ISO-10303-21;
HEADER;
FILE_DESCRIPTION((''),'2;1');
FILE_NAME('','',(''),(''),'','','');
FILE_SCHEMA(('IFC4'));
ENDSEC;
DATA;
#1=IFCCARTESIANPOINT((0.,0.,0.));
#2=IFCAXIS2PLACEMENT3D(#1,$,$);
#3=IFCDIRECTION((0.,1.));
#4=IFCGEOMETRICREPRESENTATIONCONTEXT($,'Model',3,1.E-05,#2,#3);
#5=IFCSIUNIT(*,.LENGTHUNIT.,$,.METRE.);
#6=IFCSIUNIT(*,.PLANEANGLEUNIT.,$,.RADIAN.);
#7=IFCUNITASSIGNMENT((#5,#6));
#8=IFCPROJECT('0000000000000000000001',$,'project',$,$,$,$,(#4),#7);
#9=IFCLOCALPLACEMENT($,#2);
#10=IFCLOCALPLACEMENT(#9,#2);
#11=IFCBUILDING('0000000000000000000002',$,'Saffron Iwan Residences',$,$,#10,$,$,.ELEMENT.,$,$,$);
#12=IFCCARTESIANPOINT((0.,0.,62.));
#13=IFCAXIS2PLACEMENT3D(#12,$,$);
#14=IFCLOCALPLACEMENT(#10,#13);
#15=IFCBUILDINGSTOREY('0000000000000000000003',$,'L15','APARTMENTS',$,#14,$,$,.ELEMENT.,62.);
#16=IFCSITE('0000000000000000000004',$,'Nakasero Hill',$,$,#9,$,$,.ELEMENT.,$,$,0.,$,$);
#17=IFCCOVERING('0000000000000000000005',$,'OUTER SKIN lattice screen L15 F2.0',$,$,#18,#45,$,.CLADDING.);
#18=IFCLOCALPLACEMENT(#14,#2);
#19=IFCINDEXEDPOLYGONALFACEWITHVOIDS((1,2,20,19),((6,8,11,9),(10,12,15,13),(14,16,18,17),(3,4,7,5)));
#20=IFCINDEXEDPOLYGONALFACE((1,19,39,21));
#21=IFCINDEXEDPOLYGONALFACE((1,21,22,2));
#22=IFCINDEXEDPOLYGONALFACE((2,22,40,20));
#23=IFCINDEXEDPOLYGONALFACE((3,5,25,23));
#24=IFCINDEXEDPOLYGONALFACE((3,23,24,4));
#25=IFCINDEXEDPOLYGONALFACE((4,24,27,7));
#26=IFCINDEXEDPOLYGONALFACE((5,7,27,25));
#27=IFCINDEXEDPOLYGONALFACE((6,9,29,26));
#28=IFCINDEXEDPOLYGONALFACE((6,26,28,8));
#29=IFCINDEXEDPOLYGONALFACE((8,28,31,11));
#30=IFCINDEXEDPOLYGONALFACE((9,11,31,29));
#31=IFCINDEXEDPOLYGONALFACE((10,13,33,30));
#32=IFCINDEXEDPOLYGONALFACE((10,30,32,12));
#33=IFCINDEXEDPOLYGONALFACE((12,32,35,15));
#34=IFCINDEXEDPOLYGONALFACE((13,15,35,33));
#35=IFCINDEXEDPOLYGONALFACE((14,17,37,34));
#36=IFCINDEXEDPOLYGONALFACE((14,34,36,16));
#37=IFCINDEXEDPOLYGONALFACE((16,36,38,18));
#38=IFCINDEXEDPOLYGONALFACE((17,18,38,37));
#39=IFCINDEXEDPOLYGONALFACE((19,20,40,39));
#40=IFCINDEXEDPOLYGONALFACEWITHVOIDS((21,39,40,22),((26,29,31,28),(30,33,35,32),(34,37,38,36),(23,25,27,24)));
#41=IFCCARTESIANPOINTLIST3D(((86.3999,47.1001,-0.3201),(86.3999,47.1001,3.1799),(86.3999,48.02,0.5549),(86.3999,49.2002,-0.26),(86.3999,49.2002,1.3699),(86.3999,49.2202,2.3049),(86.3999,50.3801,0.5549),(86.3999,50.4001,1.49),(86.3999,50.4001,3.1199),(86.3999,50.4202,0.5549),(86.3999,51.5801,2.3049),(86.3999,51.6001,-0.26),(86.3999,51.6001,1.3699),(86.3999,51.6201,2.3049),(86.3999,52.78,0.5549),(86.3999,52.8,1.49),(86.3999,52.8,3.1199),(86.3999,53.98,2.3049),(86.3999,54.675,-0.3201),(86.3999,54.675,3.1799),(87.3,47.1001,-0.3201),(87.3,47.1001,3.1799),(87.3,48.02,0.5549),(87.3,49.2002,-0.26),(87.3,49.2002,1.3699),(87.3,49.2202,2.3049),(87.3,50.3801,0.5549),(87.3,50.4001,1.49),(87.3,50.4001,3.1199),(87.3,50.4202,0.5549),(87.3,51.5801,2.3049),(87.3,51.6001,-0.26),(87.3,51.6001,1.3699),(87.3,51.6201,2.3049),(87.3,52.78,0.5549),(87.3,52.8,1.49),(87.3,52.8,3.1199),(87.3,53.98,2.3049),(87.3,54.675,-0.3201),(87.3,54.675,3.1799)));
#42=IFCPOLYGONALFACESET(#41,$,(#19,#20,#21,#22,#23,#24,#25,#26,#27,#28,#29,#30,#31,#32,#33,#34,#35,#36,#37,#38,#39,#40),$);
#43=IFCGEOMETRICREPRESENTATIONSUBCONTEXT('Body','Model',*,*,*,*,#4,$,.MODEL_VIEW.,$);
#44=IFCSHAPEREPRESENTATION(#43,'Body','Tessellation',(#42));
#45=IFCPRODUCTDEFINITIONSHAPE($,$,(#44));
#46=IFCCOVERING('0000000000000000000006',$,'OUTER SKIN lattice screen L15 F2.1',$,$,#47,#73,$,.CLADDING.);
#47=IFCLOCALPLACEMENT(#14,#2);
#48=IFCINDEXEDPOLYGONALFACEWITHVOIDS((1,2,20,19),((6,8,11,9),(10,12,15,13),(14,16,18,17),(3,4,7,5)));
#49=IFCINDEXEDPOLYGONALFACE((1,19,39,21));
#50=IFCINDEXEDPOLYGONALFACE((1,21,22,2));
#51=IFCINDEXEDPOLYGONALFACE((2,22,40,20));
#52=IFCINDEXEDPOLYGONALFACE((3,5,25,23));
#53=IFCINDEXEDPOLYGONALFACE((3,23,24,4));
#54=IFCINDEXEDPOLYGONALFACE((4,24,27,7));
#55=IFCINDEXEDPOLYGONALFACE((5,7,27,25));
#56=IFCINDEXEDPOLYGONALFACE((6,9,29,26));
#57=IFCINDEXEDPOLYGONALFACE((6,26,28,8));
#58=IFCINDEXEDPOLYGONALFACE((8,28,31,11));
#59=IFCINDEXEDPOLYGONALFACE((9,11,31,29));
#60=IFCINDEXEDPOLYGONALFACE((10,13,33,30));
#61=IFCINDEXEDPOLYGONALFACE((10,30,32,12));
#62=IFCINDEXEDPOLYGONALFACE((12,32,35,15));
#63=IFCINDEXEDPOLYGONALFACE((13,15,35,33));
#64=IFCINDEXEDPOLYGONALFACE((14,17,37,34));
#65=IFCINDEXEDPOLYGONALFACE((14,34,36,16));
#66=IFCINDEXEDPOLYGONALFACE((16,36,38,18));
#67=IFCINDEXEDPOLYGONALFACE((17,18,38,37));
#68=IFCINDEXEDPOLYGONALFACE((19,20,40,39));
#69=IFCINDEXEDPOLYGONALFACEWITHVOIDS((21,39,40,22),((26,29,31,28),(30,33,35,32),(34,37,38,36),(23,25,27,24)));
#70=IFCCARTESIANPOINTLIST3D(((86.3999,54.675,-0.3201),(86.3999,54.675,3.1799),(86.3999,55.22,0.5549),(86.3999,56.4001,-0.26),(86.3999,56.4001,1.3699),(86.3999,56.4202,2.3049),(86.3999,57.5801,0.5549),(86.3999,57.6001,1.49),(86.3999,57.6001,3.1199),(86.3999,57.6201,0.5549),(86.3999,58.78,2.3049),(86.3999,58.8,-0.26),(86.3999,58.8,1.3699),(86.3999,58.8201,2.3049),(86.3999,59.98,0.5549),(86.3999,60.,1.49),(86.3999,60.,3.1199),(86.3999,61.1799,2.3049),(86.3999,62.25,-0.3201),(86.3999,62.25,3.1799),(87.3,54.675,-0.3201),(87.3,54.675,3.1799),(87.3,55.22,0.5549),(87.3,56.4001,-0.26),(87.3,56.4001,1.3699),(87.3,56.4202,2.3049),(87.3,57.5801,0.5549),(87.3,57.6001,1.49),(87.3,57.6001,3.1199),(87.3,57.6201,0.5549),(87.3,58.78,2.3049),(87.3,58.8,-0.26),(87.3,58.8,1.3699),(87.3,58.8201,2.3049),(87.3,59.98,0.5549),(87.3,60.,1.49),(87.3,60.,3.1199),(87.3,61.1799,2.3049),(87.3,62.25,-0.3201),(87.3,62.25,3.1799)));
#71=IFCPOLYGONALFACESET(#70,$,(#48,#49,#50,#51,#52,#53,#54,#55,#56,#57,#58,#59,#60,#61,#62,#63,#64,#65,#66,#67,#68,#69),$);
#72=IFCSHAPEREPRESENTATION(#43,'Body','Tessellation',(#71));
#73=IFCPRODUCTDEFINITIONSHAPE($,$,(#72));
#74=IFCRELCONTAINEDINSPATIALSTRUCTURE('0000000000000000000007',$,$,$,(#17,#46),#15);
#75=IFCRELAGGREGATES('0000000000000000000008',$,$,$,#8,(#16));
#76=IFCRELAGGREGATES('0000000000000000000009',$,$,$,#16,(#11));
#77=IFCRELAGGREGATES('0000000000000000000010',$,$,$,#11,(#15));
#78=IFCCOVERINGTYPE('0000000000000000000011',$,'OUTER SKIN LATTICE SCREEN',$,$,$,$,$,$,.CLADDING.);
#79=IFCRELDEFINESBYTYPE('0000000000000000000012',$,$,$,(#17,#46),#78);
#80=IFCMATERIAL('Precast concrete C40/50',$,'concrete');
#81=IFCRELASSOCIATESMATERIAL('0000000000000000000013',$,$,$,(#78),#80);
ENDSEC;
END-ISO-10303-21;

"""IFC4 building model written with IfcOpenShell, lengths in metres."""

from ifc_helpers import new_model, si_unit, direction, frame, origin, place, context, subcontext, project, spatial, polyline, outline, extrude, material, type_object, element, save


model = new_model("IFC4")

# Units and contexts
model_context = context("Model", 3, precision=1e-05, world=origin(), true_north=direction((0.0, 1.0)))
body_context = subcontext(model_context, "Body", "Model", "MODEL_VIEW")
ifc_project = project(units=[si_unit("LENGTHUNIT", "METRE"), si_unit("PLANEANGLEUNIT", "RADIAN")], contexts=[model_context])

# Site, building, storey
site_placement = place(None, origin())
site = spatial("IfcSite", under=ifc_project, at=site_placement, Name="Nakasero Hill", CompositionType="ELEMENT", RefElevation=0.0)
building_placement = place(site_placement, origin())
building = spatial("IfcBuilding", under=site, at=building_placement, Name="Saffron Iwan Residences", CompositionType="ELEMENT")
storey_placement = place(building_placement, frame((0.0, 0.0, 62.0)))
storey = spatial("IfcBuildingStorey", under=building, at=storey_placement, Name="L15", Description="APARTMENTS", CompositionType="ELEMENT", Elevation=62.0)

# Coverings
ifc_material_1 = material(Name="Precast concrete C40/50", Category="concrete")
covering_type = type_object("IfcCoveringType", Name="OUTER SKIN LATTICE SCREEN", PredefinedType="CLADDING", material=ifc_material_1)
covering_1_placement = place(storey_placement, frame((86.3999, 47.1001, -0.3201), z_axis=(1.0, 0.0, 0.0), x_axis=(0.0, 1.0, 0.0)))
element("IfcCovering", 1, at=covering_1_placement, inside=storey, type_object=covering_type, Name="OUTER SKIN lattice screen L15 F2.0", PredefinedType="CLADDING", context=body_context, shape_type="SweptSolid", body=[
    extrude(outline(polyline([(0.0, 0.0), (7.575, 0.0), (7.575, 3.5), (0.0, 3.5), (0.0, 0.0)]), holes=[polyline([(0.9199, 0.875), (2.1001, 0.0601), (3.28, 0.875), (2.1001, 1.6899), (0.9199, 0.875)]), polyline([(3.3201, 0.875), (4.5, 0.0601), (5.6799, 0.875), (4.5, 1.6899), (3.3201, 0.875)]), polyline([(2.1201, 2.625), (3.3, 1.8101), (4.48, 2.625), (3.3, 3.4399), (2.1201, 2.625)]), polyline([(4.52, 2.625), (5.7, 1.8101), (6.8799, 2.625), (5.7, 3.4399), (4.52, 2.625)])]), origin(), (0.0, 0.0, 1.0), 0.9001),
])
covering_2_placement = place(storey_placement, frame((86.3999, 54.675, -0.3201), z_axis=(1.0, 0.0, 0.0), x_axis=(0.0, 1.0, 0.0)))
element("IfcCovering", 2, at=covering_2_placement, inside=storey, type_object=covering_type, Name="OUTER SKIN lattice screen L15 F2.1", PredefinedType="CLADDING", context=body_context, shape_type="SweptSolid", body=[
    extrude(outline(polyline([(0.0, 0.0), (7.575, 0.0), (7.575, 3.5), (0.0, 3.5), (0.0, 0.0)]), holes=[polyline([(0.5449, 0.875), (1.7251, 0.0601), (2.905, 0.875), (1.7251, 1.6899), (0.5449, 0.875)]), polyline([(2.9451, 0.875), (4.125, 0.0601), (5.3049, 0.875), (4.125, 1.6899), (2.9451, 0.875)]), polyline([(1.7451, 2.625), (2.925, 1.8101), (4.105, 2.625), (2.925, 3.4399), (1.7451, 2.625)]), polyline([(4.145, 2.625), (5.325, 1.8101), (6.5049, 2.625), (5.325, 3.4399), (4.145, 2.625)])]), origin(), (0.0, 0.0, 1.0), 0.9001),
])

save(model, "model.ifc")
